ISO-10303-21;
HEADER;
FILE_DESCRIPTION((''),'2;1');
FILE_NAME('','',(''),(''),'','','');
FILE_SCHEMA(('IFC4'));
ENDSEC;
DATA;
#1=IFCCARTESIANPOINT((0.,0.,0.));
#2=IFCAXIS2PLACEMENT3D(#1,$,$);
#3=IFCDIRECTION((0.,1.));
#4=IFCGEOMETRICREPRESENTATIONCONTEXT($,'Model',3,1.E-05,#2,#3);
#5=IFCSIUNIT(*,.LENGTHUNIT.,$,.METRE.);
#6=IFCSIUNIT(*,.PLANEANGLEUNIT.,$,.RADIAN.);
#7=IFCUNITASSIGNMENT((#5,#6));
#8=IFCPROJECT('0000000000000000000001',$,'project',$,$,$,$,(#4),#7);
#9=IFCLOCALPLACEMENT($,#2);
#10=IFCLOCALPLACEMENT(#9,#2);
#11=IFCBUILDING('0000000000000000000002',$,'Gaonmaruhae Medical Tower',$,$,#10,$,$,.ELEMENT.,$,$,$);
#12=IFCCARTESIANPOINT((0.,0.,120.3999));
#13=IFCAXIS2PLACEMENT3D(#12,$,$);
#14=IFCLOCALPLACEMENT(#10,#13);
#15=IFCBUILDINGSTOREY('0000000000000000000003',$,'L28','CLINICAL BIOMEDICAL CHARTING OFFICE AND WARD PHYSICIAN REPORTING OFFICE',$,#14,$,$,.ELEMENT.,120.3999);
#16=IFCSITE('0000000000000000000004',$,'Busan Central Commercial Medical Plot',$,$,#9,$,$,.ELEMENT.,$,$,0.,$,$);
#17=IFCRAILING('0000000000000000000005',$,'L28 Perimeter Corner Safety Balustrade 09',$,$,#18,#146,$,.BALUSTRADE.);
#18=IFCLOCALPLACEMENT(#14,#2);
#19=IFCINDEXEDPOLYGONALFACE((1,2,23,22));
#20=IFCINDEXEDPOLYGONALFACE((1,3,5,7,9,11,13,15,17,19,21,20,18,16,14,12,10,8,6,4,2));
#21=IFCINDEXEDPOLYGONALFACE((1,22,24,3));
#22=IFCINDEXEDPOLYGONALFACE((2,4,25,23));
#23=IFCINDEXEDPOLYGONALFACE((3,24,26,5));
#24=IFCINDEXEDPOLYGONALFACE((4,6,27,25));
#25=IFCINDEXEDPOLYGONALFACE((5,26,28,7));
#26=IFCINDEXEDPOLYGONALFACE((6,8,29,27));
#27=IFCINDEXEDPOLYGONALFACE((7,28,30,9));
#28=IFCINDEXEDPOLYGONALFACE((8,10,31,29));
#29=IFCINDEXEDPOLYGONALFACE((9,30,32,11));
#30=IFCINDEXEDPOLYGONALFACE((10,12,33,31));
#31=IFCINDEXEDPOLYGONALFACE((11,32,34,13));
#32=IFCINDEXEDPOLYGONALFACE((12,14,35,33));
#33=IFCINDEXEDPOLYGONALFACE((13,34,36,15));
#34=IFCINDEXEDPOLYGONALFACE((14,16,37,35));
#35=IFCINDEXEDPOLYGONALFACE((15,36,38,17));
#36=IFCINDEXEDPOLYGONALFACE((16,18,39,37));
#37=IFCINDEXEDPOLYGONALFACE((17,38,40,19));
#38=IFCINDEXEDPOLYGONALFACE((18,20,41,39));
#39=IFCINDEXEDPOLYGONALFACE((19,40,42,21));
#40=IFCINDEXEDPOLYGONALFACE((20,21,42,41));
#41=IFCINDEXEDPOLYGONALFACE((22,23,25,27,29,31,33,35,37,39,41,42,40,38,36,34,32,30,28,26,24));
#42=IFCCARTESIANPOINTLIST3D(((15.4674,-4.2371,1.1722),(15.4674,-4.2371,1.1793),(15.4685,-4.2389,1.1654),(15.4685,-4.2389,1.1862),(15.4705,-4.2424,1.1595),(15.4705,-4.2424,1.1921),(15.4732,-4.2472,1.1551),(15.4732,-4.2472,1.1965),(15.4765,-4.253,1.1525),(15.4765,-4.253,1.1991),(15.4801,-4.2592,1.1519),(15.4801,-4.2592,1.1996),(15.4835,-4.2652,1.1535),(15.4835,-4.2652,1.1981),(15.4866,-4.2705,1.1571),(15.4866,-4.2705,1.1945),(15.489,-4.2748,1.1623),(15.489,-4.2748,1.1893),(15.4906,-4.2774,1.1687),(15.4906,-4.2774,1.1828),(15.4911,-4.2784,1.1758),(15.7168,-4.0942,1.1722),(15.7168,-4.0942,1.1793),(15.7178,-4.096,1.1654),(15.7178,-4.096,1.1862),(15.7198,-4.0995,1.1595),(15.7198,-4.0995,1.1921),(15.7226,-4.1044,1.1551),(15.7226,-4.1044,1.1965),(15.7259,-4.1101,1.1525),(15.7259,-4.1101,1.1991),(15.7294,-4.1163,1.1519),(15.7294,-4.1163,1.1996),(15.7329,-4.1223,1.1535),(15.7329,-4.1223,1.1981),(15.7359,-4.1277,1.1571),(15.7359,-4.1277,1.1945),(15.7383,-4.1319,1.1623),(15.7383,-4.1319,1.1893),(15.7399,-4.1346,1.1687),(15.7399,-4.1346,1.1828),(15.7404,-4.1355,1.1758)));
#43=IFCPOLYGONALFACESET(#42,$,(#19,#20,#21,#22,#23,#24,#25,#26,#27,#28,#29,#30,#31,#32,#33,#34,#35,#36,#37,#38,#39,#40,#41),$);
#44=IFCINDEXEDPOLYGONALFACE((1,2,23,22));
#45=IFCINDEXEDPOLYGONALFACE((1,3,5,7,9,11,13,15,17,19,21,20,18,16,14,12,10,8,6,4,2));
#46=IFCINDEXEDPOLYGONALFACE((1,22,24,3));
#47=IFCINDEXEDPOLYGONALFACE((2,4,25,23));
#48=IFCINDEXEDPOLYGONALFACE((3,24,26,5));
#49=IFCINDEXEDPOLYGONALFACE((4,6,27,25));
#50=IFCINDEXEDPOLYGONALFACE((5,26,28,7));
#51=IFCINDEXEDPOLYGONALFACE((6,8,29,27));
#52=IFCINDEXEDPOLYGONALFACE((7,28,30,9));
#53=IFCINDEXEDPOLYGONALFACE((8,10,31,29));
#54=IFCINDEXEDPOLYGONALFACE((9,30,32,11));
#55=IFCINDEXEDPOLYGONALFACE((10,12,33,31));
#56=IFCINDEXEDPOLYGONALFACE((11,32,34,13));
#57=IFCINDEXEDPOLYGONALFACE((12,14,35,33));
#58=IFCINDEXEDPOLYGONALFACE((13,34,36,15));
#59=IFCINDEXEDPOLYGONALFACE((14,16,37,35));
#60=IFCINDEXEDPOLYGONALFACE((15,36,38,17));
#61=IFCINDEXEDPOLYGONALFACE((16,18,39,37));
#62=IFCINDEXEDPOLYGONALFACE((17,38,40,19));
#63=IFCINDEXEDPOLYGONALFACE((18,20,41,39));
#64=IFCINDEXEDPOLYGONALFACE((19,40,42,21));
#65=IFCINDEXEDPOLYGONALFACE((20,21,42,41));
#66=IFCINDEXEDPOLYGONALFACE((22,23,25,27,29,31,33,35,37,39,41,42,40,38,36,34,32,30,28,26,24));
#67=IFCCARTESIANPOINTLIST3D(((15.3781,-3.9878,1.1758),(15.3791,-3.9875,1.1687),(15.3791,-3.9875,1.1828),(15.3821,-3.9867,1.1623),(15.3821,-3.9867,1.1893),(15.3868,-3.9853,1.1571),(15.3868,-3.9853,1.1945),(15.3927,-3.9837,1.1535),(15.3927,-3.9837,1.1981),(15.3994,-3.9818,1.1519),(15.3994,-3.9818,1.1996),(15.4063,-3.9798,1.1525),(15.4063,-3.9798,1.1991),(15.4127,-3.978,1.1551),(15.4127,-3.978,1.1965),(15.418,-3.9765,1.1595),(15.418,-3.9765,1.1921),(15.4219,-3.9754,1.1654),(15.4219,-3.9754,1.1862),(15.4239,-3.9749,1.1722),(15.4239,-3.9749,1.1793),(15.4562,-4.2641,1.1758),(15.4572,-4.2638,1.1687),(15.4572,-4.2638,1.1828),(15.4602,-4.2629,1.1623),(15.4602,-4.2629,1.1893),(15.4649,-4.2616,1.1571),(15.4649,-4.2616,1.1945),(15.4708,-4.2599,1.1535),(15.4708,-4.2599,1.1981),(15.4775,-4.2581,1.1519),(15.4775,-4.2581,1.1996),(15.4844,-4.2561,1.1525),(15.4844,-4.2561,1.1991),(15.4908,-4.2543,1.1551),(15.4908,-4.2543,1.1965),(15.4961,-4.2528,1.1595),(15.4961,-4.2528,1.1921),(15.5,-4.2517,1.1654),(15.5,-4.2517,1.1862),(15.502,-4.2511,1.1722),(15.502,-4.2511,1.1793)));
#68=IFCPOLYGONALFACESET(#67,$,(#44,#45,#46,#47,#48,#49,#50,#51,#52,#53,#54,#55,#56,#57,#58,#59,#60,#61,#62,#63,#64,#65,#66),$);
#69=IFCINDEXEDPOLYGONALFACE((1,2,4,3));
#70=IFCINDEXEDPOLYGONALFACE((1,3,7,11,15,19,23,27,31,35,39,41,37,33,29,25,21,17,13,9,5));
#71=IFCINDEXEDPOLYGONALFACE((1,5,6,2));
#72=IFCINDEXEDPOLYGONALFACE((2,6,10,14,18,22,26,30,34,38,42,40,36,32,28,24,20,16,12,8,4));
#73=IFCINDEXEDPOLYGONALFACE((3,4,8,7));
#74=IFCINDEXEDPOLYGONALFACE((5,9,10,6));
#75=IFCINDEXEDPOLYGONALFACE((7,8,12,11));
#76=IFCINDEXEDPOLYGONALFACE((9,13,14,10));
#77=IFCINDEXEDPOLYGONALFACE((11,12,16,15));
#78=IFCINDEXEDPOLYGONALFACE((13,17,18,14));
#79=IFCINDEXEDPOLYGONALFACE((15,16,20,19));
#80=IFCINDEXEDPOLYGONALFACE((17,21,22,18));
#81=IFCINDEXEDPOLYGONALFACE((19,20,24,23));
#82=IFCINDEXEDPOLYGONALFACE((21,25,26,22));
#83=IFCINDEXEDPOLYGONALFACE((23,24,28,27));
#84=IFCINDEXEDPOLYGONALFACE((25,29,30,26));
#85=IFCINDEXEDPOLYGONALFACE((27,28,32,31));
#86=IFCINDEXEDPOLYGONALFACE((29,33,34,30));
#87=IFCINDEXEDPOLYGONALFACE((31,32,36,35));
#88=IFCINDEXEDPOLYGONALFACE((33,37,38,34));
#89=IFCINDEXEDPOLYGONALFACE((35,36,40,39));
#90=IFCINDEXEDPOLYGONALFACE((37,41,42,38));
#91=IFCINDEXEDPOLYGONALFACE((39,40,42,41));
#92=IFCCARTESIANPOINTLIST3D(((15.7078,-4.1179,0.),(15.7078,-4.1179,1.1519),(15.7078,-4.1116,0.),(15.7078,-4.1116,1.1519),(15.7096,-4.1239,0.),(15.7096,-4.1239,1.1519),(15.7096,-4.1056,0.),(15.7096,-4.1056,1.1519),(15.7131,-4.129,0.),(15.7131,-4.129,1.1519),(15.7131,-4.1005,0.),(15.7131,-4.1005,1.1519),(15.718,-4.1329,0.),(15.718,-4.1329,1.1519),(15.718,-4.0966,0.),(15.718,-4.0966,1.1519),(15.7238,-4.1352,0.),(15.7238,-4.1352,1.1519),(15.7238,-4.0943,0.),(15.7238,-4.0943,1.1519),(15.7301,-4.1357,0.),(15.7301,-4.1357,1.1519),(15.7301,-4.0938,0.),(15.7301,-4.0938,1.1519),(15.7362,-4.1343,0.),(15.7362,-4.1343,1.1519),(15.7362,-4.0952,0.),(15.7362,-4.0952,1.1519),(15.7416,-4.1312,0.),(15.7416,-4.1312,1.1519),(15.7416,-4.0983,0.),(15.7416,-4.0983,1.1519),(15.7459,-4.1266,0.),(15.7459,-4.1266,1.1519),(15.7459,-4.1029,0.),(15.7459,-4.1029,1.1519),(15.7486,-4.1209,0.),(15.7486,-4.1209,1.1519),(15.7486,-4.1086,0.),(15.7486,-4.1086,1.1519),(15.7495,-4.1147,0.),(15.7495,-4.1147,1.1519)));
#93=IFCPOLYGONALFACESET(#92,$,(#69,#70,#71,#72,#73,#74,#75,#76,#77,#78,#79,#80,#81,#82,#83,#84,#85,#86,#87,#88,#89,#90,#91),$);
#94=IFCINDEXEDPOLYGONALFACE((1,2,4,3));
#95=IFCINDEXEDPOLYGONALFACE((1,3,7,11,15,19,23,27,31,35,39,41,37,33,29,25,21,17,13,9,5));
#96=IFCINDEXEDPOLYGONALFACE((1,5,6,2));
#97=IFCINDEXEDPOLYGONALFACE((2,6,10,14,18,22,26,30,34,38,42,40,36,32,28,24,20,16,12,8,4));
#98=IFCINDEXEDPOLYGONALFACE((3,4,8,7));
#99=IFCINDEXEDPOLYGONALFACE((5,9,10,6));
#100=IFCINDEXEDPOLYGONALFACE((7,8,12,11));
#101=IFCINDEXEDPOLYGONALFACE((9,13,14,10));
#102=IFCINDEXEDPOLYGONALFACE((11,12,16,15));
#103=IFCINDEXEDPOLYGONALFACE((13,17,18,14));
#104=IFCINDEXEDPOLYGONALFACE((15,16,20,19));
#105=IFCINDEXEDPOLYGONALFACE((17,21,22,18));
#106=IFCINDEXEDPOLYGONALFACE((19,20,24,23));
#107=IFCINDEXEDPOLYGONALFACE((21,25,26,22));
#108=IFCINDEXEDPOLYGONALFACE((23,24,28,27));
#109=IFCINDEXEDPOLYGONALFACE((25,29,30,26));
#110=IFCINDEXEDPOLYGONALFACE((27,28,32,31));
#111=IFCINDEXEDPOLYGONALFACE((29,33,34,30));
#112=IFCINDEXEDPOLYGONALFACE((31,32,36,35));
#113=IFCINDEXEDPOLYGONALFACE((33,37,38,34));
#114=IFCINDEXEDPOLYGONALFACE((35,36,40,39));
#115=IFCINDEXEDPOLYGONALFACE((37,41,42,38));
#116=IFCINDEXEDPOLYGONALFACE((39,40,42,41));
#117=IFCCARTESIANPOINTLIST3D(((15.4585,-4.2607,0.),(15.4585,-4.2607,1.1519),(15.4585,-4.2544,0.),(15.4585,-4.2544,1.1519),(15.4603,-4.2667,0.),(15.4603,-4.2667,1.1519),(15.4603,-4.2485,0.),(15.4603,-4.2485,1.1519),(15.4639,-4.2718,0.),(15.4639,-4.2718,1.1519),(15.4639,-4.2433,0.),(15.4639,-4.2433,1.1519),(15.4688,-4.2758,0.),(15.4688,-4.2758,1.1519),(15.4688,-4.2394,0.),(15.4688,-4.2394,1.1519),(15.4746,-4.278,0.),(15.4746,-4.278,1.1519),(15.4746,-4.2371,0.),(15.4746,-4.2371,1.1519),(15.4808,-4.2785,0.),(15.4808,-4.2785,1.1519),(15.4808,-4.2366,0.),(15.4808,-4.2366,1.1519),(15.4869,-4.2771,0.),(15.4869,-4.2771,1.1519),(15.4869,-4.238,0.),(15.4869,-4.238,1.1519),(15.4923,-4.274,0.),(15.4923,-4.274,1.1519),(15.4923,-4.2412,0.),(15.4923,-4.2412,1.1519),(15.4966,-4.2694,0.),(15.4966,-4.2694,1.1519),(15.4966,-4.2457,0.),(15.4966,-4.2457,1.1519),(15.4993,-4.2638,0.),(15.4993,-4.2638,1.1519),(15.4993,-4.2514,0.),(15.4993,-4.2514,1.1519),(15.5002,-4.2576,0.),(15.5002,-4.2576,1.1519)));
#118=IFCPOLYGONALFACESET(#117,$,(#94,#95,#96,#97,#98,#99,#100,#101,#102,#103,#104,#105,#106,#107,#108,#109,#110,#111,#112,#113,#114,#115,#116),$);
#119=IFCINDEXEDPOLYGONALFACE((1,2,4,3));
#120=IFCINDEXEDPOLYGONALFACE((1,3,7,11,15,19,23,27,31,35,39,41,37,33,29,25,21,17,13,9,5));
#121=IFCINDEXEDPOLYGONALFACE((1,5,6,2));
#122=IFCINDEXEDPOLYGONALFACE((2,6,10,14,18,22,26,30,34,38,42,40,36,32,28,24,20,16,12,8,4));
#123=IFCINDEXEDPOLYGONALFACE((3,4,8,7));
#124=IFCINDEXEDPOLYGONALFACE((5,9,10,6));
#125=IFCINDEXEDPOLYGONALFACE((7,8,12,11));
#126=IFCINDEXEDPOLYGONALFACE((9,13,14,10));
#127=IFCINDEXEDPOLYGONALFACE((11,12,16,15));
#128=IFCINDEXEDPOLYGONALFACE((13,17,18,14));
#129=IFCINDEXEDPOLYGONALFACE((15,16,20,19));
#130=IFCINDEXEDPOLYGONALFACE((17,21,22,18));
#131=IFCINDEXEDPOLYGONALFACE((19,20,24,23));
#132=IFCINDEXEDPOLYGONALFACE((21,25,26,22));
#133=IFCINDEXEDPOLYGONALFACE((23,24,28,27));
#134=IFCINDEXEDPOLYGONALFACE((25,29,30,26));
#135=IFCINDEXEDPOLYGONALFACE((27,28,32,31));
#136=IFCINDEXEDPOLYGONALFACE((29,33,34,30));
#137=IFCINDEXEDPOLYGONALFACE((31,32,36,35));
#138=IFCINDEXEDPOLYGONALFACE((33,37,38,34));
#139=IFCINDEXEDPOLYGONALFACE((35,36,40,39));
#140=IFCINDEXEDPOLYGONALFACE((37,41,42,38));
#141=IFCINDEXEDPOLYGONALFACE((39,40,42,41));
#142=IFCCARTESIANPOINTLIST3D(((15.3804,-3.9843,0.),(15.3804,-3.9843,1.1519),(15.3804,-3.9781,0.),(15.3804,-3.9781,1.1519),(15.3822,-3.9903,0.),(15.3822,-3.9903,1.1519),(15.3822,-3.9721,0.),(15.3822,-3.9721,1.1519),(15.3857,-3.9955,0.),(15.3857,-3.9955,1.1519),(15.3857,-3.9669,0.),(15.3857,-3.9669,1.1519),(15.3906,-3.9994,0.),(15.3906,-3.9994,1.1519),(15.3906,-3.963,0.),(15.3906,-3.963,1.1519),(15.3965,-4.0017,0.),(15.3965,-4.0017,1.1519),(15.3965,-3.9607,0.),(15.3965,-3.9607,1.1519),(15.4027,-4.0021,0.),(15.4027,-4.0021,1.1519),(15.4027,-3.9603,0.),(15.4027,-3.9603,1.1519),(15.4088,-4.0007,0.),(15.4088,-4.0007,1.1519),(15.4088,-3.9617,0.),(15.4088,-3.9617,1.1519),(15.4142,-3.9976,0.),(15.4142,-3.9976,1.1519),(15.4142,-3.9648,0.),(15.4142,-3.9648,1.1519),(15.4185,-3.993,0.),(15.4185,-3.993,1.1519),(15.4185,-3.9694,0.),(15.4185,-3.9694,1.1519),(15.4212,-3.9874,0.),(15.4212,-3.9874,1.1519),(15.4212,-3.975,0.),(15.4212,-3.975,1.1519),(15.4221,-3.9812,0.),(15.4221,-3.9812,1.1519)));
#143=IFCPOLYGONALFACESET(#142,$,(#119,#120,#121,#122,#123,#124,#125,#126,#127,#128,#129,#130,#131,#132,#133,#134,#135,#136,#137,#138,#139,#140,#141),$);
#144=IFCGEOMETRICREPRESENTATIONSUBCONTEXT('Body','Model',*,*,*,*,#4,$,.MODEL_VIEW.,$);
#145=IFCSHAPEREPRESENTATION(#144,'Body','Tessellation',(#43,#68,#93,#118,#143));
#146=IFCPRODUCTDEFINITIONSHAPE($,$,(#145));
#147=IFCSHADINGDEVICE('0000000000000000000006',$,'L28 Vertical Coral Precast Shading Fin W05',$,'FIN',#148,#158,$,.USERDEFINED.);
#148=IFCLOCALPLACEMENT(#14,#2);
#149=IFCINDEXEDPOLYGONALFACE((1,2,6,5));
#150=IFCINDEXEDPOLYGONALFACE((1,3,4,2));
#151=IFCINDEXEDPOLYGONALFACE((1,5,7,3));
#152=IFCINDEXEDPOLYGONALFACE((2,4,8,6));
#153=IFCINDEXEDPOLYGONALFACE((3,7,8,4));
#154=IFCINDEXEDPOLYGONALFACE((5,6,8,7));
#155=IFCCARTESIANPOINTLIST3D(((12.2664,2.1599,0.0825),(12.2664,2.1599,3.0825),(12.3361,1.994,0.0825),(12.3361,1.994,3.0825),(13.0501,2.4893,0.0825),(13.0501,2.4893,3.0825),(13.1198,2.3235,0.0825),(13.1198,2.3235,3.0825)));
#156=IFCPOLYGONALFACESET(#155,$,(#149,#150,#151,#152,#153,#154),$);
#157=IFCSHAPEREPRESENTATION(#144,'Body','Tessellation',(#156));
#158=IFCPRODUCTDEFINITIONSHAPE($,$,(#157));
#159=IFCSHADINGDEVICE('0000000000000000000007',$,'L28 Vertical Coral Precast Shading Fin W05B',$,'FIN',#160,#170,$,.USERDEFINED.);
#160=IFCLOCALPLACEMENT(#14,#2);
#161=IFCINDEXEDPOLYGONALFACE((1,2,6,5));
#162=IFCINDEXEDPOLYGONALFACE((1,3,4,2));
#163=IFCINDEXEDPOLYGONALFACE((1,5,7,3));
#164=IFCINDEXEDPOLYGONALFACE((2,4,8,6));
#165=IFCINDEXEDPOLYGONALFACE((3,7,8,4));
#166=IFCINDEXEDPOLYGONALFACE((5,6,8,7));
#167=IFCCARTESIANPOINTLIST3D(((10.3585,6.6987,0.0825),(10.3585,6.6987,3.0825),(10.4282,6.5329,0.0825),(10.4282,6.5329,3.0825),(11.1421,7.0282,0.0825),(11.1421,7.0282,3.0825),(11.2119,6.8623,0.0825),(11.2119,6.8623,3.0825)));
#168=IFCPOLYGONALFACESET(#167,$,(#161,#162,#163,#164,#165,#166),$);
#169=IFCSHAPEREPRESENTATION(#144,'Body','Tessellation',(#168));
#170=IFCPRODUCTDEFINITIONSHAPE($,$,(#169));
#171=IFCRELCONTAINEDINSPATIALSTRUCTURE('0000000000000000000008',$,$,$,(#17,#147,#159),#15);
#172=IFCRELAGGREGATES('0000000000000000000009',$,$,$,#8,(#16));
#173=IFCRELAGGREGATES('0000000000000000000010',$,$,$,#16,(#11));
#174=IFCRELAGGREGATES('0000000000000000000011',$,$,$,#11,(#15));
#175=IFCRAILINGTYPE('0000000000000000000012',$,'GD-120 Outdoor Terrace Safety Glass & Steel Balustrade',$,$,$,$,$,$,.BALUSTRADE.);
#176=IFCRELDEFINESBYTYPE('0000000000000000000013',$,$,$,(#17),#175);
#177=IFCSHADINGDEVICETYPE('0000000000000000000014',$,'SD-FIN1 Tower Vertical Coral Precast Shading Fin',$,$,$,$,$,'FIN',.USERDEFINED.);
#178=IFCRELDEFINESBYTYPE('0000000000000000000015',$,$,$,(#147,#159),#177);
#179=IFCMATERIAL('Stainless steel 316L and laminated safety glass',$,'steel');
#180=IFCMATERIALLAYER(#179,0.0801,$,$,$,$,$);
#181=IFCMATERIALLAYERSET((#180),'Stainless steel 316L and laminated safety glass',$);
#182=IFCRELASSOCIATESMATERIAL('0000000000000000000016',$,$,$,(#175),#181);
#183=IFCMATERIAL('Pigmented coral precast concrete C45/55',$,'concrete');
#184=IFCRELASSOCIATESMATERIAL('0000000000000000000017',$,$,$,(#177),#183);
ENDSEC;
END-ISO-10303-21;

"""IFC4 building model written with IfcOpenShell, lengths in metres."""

from ifc_helpers import new_model, si_unit, direction, frame, origin, origin_2d, place, context, subcontext, project, spatial, rectangle, circle, extrude, material, layer, layer_set, type_object, element, save


model = new_model("IFC4")

# Units and contexts
model_context = context("Model", 3, precision=1e-05, world=origin(), true_north=direction((0.0, 1.0)))
body_context = subcontext(model_context, "Body", "Model", "MODEL_VIEW")
ifc_project = project(units=[si_unit("LENGTHUNIT", "METRE"), si_unit("PLANEANGLEUNIT", "RADIAN")], contexts=[model_context])

# Site, building, storey
site_placement = place(None, origin())
site = spatial("IfcSite", under=ifc_project, at=site_placement, Name="Busan Central Commercial Medical Plot", CompositionType="ELEMENT", RefElevation=0.0)
building_placement = place(site_placement, origin())
building = spatial("IfcBuilding", under=site, at=building_placement, Name="Gaonmaruhae Medical Tower", CompositionType="ELEMENT")
storey_placement = place(building_placement, frame((0.0, 0.0, 120.3999)))
storey = spatial("IfcBuildingStorey", under=building, at=storey_placement, Name="L28", Description="CLINICAL BIOMEDICAL CHARTING OFFICE AND WARD PHYSICIAN REPORTING OFFICE", CompositionType="ELEMENT", Elevation=120.3999)

# Railing
ifc_material_1 = material(Name="Stainless steel 316L and laminated safety glass", Category="steel")
ifc_layer_1 = layer(ifc_material_1, 0.0801)
ifc_layer_set_1 = layer_set([ifc_layer_1], Name="Stainless steel 316L and laminated safety glass")
railing_type = type_object("IfcRailingType", Name="GD-120 Outdoor Terrace Safety Glass & Steel Balustrade", PredefinedType="BALUSTRADE", material=ifc_layer_set_1)
railing_1_placement = place(storey_placement, frame((15.7285, -4.1147, 0.0)))
element("IfcRailing", 1, at=railing_1_placement, inside=storey, type_object=railing_type, Name="L28 Perimeter Corner Safety Balustrade 09", PredefinedType="BALUSTRADE", context=body_context, shape_type="SweptSolid", body=[
    extrude(circle(Radius=0.0239, at=origin_2d()), frame((0.0, 0.0, 1.1758), z_axis=(-0.867667, -0.497145, 0.0), x_axis=(0.497145, -0.867667, 0.0)), (0.0, 0.0, 1.0), 0.2874),
    extrude(circle(Radius=0.0239, at=origin_2d()), frame((-0.2493, -0.1428, 1.1758), z_axis=(-0.272025, 0.96229, 0.0), x_axis=(-0.96229, -0.272025, 0.0)), (0.0, 0.0, 1.0), 0.2871),
    extrude(circle(Radius=0.021, at=origin_2d()), origin(), (0.0, 0.0, 1.0), 1.1519),
    extrude(circle(Radius=0.021, at=origin_2d()), frame((-0.2493, -0.1428, 0.0)), (0.0, 0.0, 1.0), 1.1519),
    extrude(circle(Radius=0.021, at=origin_2d()), frame((-0.3274, 0.1335, 0.0)), (0.0, 0.0, 1.0), 1.1519),
])

# Shading devices
ifc_material_2 = material(Name="Pigmented coral precast concrete C45/55", Category="concrete")
shading_device_type = type_object("IfcShadingDeviceType", Name="SD-FIN1 Tower Vertical Coral Precast Shading Fin", ElementType="FIN", PredefinedType="USERDEFINED", material=ifc_material_2)
for number, where, z_axis, x_axis, name in (
    (2, (12.6931, 2.2417, 0.0825), (0.0, 0.0, 1.0), (-0.387516, 0.921863, 0.0), "L28 Vertical Coral Precast Shading Fin W05"),
    (3, (10.7852, 6.7805, 0.0825), (0.0, 0.0, 1.0), (-0.387516, 0.921863, 0.0), "L28 Vertical Coral Precast Shading Fin W05B"),
):
    element("IfcShadingDevice", number, at=place(storey_placement, frame(where, z_axis=z_axis, x_axis=x_axis)), inside=storey, type_object=shading_device_type, Name=name, ObjectType="FIN", PredefinedType="USERDEFINED", context=body_context, shape_type="SweptSolid", body=[
        extrude(rectangle(XDim=0.1799, YDim=0.8501, at=origin_2d()), origin(), (0.0, 0.0, 1.0), 3.0),
    ])

save(model, "model.ifc")
